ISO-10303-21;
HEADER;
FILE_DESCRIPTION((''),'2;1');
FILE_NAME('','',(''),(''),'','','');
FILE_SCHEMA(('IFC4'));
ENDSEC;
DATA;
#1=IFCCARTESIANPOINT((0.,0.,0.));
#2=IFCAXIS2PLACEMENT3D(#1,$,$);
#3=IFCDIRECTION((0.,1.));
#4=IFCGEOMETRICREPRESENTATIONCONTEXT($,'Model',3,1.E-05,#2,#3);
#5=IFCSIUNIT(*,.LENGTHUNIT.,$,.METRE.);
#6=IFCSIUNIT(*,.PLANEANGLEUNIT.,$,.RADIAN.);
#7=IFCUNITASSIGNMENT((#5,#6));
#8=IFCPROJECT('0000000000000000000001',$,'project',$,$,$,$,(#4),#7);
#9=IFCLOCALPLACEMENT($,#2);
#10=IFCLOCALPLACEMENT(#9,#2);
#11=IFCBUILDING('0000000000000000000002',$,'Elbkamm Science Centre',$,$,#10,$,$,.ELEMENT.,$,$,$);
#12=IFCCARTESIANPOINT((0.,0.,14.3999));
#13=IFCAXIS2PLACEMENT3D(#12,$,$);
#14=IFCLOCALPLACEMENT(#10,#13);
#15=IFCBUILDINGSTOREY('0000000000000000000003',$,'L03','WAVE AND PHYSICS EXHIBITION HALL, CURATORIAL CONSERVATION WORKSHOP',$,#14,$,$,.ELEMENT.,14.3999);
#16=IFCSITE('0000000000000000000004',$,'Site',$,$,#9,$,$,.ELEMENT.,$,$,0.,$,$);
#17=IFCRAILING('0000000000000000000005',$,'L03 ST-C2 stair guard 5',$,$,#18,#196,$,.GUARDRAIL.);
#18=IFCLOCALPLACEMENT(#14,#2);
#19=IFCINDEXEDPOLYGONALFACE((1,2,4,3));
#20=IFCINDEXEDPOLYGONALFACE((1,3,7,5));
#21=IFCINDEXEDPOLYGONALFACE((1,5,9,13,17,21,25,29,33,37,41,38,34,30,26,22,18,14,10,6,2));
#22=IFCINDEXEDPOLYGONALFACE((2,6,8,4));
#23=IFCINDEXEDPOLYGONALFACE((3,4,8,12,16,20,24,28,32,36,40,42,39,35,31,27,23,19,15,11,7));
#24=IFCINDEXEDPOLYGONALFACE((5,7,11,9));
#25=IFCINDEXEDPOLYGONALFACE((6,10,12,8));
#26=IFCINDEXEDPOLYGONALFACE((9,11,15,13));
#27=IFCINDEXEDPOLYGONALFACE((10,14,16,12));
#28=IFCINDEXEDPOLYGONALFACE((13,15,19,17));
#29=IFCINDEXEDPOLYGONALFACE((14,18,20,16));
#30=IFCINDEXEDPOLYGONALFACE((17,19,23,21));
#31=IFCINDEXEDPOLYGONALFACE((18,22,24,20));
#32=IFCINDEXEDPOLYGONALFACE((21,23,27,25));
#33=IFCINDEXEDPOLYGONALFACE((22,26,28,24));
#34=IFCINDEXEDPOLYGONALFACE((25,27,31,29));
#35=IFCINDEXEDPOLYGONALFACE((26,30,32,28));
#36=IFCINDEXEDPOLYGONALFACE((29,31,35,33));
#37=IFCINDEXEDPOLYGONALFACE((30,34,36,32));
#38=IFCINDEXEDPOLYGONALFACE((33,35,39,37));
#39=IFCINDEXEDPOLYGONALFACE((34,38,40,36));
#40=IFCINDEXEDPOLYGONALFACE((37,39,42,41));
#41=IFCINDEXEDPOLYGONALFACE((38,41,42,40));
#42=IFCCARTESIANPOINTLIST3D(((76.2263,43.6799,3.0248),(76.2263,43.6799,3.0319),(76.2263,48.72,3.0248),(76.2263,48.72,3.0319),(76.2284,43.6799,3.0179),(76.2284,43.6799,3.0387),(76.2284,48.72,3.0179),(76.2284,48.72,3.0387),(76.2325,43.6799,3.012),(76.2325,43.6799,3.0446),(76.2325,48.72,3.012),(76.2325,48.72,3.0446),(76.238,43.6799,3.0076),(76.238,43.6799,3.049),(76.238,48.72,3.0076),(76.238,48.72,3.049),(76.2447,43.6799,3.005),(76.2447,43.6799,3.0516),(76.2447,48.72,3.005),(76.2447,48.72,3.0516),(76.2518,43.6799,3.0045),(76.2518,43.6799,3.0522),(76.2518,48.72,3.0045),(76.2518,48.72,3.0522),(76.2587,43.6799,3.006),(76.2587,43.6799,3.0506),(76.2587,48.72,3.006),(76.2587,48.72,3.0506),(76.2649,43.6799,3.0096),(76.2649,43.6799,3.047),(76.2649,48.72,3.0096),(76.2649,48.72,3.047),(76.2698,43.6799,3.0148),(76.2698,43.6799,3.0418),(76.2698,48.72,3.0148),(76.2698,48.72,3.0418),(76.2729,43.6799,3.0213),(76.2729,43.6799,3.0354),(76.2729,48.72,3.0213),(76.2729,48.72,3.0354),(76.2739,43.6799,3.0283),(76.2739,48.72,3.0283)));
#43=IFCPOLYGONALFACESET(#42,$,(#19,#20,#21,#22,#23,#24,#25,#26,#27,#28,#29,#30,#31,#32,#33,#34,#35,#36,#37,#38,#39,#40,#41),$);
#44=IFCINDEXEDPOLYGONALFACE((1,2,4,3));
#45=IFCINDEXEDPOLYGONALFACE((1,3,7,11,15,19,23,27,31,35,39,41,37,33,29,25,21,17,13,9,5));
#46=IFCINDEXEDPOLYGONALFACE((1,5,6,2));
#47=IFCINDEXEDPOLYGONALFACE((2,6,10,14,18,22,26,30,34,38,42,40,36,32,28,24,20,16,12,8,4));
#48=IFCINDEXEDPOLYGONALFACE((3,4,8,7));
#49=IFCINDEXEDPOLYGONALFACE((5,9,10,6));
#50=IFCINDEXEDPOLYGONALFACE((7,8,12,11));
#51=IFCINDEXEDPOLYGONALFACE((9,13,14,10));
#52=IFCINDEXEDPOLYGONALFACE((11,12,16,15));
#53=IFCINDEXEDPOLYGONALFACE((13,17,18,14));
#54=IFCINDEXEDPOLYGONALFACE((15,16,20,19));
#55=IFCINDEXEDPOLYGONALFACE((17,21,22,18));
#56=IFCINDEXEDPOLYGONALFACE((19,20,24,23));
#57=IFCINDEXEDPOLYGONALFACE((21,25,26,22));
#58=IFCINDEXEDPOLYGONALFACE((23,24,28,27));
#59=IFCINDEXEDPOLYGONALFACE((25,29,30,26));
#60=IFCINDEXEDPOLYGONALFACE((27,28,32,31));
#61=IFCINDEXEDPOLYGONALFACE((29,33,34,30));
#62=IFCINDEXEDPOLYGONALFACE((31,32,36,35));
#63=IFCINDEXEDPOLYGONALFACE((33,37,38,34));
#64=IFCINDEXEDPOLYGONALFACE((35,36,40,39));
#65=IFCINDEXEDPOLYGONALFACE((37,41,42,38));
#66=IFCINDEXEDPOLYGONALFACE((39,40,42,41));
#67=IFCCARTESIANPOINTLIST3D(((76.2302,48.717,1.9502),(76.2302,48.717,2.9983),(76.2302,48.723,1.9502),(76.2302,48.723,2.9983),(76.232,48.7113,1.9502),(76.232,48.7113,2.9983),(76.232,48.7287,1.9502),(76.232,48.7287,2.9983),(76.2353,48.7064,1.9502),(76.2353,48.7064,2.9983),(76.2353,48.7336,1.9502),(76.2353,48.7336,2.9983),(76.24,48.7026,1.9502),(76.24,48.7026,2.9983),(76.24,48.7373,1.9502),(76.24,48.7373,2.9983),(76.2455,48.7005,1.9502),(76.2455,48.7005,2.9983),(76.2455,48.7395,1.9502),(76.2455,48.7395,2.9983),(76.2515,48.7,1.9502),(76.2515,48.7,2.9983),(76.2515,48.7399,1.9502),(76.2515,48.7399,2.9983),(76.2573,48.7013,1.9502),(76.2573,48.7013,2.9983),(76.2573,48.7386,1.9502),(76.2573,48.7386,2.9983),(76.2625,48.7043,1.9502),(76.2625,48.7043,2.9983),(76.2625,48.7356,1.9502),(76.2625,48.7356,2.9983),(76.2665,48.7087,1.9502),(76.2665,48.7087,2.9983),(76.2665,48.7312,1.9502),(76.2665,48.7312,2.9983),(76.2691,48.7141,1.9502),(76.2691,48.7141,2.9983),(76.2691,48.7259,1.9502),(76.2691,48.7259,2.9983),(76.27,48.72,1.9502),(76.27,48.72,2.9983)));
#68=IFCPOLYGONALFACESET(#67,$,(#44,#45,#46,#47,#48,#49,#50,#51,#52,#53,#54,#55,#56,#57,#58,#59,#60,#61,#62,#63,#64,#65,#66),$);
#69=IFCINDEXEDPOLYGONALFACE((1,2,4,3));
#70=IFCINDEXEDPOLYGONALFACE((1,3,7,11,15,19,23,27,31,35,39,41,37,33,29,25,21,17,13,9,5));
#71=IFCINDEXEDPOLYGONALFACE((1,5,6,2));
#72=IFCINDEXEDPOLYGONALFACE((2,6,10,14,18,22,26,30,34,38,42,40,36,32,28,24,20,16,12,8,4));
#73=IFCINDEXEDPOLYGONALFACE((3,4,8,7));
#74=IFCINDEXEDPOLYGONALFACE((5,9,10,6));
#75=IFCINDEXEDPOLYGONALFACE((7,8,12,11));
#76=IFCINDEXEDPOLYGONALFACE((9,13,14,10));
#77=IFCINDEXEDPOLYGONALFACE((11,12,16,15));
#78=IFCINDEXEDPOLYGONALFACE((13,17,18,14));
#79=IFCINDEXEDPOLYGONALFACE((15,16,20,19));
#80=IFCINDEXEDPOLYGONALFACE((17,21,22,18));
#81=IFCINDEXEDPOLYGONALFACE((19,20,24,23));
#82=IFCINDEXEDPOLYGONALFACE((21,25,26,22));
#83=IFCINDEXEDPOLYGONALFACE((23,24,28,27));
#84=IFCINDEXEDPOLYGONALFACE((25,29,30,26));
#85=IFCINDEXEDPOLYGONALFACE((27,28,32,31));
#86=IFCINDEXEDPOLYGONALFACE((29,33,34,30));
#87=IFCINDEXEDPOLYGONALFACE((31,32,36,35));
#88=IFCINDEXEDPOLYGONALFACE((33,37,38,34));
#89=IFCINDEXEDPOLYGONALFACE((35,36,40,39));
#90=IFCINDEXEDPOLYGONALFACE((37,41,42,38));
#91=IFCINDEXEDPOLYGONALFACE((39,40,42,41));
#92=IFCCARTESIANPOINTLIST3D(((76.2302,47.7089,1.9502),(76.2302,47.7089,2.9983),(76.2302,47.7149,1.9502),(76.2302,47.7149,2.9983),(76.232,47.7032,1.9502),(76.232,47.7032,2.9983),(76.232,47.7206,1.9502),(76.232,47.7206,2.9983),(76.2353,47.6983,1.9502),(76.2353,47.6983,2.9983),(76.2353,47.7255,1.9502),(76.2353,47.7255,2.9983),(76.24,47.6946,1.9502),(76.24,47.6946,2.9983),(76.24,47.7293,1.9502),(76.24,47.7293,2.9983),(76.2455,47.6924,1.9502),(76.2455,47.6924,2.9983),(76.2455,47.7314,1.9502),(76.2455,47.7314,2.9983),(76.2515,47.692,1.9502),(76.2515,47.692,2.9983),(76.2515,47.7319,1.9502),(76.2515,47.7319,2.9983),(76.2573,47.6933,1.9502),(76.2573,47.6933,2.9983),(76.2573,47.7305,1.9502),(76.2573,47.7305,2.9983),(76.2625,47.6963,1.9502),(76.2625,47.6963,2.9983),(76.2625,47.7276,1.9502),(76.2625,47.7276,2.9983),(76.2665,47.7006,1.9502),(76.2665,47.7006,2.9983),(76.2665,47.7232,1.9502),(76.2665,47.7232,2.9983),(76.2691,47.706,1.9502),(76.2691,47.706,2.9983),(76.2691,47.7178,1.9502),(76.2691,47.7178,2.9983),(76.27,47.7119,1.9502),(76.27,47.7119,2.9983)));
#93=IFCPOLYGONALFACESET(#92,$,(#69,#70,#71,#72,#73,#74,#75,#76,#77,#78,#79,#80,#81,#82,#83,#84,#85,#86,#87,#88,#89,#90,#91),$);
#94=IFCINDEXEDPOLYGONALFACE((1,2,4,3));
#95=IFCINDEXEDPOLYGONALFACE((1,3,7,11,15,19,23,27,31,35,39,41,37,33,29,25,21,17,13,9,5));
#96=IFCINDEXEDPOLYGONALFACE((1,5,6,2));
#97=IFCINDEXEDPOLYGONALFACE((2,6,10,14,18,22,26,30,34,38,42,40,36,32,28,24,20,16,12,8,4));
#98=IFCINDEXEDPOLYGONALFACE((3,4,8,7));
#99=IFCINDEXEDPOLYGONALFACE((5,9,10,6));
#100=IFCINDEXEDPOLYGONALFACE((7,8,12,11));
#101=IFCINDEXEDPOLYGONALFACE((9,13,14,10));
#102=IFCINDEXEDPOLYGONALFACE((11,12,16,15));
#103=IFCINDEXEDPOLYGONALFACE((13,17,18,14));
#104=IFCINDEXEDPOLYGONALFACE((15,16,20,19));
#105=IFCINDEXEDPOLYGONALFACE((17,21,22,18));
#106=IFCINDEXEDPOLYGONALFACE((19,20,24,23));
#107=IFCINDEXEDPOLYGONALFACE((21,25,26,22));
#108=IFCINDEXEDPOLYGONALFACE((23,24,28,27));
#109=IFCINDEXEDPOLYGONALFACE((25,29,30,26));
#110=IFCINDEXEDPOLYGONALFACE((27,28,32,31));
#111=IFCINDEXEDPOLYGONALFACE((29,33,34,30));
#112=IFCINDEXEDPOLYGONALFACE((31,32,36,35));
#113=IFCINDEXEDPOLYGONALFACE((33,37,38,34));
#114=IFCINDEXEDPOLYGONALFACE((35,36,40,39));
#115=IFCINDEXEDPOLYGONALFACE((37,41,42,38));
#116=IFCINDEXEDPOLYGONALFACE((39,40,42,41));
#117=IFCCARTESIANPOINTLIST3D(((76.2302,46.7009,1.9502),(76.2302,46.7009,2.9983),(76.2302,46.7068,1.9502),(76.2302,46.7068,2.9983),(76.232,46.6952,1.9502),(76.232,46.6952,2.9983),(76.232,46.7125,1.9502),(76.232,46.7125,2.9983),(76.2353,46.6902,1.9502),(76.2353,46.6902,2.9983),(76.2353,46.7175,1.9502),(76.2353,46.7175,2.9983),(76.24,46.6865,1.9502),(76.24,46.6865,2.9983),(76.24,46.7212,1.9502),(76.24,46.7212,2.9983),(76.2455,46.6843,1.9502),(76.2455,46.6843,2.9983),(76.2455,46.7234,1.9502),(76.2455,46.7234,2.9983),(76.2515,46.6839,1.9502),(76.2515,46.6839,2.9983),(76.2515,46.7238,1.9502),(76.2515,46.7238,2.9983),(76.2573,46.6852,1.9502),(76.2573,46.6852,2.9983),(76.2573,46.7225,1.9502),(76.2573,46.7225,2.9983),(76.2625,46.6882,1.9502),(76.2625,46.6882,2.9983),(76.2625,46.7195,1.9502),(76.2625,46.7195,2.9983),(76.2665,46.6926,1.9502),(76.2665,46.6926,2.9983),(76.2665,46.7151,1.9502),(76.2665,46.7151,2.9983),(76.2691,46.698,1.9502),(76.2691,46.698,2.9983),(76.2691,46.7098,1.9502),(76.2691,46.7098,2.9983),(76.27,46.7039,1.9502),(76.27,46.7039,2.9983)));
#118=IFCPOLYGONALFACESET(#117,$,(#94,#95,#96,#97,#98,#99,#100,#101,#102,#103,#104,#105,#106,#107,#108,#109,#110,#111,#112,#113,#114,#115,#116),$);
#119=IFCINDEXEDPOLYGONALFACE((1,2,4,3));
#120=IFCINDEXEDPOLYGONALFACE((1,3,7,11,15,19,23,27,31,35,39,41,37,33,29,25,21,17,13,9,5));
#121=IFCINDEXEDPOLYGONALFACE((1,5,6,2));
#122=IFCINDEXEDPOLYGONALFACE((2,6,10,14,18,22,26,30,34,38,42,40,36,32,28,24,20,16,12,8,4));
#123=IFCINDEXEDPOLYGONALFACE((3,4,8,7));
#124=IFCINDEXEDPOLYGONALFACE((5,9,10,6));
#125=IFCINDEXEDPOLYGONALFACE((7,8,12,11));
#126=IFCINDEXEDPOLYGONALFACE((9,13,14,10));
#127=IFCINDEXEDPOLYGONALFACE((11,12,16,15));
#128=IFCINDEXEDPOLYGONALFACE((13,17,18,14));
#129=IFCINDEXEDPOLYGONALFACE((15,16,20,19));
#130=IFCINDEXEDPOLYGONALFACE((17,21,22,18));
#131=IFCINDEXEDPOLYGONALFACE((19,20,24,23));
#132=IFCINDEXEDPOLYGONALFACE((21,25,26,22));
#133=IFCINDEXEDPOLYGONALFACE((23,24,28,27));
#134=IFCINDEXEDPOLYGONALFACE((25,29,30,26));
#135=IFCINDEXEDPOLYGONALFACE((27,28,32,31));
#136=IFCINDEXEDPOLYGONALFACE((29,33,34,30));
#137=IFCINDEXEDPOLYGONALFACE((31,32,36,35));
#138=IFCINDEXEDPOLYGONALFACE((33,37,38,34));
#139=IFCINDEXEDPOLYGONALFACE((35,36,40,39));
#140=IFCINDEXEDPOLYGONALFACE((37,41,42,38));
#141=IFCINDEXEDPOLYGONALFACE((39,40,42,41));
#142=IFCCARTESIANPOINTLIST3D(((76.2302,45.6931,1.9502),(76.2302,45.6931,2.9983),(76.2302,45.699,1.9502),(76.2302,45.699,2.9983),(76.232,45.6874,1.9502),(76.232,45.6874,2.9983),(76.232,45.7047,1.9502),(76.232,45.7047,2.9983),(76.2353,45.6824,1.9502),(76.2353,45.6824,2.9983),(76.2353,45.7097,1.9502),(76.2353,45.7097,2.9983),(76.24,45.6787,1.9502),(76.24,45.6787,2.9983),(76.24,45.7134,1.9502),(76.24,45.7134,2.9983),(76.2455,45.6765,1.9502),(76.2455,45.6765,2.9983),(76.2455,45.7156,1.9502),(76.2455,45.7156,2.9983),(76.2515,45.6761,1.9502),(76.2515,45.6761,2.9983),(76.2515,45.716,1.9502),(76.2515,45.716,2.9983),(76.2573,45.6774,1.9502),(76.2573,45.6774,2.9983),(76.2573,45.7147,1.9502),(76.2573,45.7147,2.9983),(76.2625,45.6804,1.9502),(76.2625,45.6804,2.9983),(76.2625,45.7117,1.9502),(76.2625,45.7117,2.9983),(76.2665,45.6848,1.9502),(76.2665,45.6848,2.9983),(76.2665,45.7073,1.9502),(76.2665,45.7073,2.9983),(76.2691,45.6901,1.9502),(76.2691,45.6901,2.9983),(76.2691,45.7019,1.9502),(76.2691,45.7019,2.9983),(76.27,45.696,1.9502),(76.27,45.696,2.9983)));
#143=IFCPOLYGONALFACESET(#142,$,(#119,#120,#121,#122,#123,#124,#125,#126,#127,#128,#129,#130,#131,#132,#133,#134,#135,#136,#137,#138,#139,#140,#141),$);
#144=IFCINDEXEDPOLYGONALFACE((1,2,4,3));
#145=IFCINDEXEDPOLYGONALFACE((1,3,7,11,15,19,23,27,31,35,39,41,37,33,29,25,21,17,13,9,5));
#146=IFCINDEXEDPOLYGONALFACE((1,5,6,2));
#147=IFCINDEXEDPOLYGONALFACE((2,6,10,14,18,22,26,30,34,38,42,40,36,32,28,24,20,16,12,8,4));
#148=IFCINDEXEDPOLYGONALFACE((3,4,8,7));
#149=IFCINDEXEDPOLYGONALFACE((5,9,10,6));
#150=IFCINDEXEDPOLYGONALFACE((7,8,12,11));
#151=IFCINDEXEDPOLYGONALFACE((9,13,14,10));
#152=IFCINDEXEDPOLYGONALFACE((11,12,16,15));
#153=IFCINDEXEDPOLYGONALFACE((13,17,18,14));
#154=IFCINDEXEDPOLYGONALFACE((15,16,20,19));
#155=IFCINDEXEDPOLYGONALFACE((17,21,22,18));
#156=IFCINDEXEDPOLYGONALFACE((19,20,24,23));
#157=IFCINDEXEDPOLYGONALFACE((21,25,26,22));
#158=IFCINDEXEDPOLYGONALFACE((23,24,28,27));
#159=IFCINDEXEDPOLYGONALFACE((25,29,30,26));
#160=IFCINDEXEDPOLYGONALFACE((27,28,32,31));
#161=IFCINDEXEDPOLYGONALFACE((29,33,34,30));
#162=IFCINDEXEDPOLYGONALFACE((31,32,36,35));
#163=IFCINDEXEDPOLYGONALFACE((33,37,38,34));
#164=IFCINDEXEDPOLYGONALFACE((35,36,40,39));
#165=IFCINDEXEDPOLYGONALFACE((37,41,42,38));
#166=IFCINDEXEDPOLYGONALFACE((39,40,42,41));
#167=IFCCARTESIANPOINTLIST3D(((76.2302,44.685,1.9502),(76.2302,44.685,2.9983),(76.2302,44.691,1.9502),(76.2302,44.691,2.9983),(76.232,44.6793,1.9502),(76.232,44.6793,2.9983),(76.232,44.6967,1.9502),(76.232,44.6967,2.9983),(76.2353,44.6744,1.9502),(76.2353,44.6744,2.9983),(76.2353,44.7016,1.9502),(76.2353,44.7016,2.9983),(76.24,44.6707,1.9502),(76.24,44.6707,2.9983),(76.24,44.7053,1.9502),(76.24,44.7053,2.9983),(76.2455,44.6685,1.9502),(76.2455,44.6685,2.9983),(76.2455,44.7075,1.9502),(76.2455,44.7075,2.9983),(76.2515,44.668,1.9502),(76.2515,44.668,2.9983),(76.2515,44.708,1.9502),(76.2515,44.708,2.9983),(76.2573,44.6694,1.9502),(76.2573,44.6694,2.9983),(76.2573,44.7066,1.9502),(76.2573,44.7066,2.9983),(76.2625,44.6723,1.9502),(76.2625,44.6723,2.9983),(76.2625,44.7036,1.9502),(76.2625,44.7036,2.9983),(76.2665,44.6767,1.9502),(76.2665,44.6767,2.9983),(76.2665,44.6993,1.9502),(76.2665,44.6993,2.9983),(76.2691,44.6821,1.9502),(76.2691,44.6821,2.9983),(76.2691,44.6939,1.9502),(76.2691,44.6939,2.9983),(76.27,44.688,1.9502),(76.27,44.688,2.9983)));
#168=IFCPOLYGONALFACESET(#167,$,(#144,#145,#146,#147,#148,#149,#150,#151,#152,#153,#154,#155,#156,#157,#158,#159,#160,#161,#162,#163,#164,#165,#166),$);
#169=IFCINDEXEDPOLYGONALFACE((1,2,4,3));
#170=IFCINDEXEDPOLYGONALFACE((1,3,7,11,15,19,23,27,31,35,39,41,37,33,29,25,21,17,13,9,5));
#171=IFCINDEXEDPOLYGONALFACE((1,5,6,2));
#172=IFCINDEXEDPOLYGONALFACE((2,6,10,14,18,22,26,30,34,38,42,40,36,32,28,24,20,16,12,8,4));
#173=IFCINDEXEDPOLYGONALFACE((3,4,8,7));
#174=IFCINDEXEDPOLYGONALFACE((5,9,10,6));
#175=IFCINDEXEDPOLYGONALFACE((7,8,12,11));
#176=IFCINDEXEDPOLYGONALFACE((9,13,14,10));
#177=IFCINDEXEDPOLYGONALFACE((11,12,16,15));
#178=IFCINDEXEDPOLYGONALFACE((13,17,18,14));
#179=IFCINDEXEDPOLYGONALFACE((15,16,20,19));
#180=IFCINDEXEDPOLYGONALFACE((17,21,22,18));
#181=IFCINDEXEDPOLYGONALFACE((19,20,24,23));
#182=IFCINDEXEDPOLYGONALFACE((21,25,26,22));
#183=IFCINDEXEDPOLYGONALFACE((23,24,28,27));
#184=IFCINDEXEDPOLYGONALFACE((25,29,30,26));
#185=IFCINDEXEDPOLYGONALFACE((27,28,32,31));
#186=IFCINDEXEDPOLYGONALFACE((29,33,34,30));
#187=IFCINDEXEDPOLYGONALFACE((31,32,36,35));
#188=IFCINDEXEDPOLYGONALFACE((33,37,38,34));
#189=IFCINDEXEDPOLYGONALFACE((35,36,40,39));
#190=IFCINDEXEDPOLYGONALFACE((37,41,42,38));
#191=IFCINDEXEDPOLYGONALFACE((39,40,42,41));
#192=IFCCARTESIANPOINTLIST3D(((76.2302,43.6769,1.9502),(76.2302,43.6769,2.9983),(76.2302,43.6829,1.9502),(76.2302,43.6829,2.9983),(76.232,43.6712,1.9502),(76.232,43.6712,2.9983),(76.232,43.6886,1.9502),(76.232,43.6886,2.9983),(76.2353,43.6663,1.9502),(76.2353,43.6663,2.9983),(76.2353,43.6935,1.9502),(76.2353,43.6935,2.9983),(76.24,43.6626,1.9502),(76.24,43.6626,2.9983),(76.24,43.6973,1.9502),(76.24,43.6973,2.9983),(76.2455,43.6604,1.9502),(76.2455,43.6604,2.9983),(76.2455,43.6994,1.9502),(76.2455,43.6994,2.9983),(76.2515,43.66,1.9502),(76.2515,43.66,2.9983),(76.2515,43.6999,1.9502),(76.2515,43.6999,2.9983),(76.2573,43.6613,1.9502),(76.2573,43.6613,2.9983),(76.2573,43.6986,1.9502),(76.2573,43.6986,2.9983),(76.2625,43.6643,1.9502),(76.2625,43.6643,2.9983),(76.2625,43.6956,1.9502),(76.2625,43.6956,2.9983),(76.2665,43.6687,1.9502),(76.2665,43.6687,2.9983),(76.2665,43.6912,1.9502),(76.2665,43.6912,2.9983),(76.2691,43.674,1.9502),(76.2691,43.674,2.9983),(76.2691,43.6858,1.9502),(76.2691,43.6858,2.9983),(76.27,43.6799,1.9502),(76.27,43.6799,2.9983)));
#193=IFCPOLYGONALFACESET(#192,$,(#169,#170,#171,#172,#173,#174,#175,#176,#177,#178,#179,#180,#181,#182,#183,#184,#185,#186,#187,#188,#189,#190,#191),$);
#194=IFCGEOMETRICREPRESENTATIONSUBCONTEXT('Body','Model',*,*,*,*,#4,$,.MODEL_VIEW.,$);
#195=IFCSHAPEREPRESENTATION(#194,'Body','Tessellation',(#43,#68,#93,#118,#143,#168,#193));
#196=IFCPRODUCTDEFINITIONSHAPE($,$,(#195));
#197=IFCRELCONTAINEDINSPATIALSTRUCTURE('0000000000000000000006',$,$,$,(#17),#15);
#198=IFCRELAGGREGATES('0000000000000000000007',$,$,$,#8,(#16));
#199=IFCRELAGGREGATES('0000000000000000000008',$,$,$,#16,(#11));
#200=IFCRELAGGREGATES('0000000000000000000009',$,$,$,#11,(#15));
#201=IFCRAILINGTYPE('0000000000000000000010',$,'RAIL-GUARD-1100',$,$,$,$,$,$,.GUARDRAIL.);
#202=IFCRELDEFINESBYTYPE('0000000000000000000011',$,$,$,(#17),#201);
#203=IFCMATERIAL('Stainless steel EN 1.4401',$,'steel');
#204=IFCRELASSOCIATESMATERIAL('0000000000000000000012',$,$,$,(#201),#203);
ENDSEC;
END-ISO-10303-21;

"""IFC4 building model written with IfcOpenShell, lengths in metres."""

from ifc_helpers import new_model, si_unit, direction, frame, origin, origin_2d, place, context, subcontext, project, spatial, circle, extrude, material, type_object, element, save


model = new_model("IFC4")

# Units and contexts
model_context = context("Model", 3, precision=1e-05, world=origin(), true_north=direction((0.0, 1.0)))
body_context = subcontext(model_context, "Body", "Model", "MODEL_VIEW")
ifc_project = project(units=[si_unit("LENGTHUNIT", "METRE"), si_unit("PLANEANGLEUNIT", "RADIAN")], contexts=[model_context])

# Site, building, storey
site_placement = place(None, origin())
site = spatial("IfcSite", under=ifc_project, at=site_placement, Name="Site", CompositionType="ELEMENT", RefElevation=0.0)
building_placement = place(site_placement, origin())
building = spatial("IfcBuilding", under=site, at=building_placement, Name="Elbkamm Science Centre", CompositionType="ELEMENT")
storey_placement = place(building_placement, frame((0.0, 0.0, 14.3999)))
storey = spatial("IfcBuildingStorey", under=building, at=storey_placement, Name="L03", Description="WAVE AND PHYSICS EXHIBITION HALL, CURATORIAL CONSERVATION WORKSHOP", CompositionType="ELEMENT", Elevation=14.3999)

# Railing
ifc_material_1 = material(Name="Stainless steel EN 1.4401", Category="steel")
railing_type = type_object("IfcRailingType", Name="RAIL-GUARD-1100", PredefinedType="GUARDRAIL", material=ifc_material_1)
railing_1_placement = place(storey_placement, frame((76.25, 48.72, 1.9502)))
element("IfcRailing", 1, at=railing_1_placement, inside=storey, type_object=railing_type, Name="L03 ST-C2 stair guard 5", PredefinedType="GUARDRAIL", context=body_context, shape_type="SweptSolid", body=[
    extrude(circle(Radius=0.0239, at=origin_2d()), frame((0.0, 0.0, 1.0781), z_axis=(0.0, -1.0, 0.0), x_axis=(1.0, 0.0, 0.0)), (0.0, 0.0, 1.0), 5.04),
    extrude(circle(Radius=0.02, at=origin_2d()), origin(), (0.0, 0.0, 1.0), 1.0481),
    extrude(circle(Radius=0.02, at=origin_2d()), frame((0.0, -1.0081, 0.0)), (0.0, 0.0, 1.0), 1.0481),
    extrude(circle(Radius=0.02, at=origin_2d()), frame((0.0, -2.0161, 0.0)), (0.0, 0.0, 1.0), 1.0481),
    extrude(circle(Radius=0.02, at=origin_2d()), frame((0.0, -3.0239, 0.0)), (0.0, 0.0, 1.0), 1.0481),
    extrude(circle(Radius=0.02, at=origin_2d()), frame((0.0, -4.032, 0.0)), (0.0, 0.0, 1.0), 1.0481),
    extrude(circle(Radius=0.02, at=origin_2d()), frame((0.0, -5.04, 0.0)), (0.0, 0.0, 1.0), 1.0481),
])

save(model, "model.ifc")
